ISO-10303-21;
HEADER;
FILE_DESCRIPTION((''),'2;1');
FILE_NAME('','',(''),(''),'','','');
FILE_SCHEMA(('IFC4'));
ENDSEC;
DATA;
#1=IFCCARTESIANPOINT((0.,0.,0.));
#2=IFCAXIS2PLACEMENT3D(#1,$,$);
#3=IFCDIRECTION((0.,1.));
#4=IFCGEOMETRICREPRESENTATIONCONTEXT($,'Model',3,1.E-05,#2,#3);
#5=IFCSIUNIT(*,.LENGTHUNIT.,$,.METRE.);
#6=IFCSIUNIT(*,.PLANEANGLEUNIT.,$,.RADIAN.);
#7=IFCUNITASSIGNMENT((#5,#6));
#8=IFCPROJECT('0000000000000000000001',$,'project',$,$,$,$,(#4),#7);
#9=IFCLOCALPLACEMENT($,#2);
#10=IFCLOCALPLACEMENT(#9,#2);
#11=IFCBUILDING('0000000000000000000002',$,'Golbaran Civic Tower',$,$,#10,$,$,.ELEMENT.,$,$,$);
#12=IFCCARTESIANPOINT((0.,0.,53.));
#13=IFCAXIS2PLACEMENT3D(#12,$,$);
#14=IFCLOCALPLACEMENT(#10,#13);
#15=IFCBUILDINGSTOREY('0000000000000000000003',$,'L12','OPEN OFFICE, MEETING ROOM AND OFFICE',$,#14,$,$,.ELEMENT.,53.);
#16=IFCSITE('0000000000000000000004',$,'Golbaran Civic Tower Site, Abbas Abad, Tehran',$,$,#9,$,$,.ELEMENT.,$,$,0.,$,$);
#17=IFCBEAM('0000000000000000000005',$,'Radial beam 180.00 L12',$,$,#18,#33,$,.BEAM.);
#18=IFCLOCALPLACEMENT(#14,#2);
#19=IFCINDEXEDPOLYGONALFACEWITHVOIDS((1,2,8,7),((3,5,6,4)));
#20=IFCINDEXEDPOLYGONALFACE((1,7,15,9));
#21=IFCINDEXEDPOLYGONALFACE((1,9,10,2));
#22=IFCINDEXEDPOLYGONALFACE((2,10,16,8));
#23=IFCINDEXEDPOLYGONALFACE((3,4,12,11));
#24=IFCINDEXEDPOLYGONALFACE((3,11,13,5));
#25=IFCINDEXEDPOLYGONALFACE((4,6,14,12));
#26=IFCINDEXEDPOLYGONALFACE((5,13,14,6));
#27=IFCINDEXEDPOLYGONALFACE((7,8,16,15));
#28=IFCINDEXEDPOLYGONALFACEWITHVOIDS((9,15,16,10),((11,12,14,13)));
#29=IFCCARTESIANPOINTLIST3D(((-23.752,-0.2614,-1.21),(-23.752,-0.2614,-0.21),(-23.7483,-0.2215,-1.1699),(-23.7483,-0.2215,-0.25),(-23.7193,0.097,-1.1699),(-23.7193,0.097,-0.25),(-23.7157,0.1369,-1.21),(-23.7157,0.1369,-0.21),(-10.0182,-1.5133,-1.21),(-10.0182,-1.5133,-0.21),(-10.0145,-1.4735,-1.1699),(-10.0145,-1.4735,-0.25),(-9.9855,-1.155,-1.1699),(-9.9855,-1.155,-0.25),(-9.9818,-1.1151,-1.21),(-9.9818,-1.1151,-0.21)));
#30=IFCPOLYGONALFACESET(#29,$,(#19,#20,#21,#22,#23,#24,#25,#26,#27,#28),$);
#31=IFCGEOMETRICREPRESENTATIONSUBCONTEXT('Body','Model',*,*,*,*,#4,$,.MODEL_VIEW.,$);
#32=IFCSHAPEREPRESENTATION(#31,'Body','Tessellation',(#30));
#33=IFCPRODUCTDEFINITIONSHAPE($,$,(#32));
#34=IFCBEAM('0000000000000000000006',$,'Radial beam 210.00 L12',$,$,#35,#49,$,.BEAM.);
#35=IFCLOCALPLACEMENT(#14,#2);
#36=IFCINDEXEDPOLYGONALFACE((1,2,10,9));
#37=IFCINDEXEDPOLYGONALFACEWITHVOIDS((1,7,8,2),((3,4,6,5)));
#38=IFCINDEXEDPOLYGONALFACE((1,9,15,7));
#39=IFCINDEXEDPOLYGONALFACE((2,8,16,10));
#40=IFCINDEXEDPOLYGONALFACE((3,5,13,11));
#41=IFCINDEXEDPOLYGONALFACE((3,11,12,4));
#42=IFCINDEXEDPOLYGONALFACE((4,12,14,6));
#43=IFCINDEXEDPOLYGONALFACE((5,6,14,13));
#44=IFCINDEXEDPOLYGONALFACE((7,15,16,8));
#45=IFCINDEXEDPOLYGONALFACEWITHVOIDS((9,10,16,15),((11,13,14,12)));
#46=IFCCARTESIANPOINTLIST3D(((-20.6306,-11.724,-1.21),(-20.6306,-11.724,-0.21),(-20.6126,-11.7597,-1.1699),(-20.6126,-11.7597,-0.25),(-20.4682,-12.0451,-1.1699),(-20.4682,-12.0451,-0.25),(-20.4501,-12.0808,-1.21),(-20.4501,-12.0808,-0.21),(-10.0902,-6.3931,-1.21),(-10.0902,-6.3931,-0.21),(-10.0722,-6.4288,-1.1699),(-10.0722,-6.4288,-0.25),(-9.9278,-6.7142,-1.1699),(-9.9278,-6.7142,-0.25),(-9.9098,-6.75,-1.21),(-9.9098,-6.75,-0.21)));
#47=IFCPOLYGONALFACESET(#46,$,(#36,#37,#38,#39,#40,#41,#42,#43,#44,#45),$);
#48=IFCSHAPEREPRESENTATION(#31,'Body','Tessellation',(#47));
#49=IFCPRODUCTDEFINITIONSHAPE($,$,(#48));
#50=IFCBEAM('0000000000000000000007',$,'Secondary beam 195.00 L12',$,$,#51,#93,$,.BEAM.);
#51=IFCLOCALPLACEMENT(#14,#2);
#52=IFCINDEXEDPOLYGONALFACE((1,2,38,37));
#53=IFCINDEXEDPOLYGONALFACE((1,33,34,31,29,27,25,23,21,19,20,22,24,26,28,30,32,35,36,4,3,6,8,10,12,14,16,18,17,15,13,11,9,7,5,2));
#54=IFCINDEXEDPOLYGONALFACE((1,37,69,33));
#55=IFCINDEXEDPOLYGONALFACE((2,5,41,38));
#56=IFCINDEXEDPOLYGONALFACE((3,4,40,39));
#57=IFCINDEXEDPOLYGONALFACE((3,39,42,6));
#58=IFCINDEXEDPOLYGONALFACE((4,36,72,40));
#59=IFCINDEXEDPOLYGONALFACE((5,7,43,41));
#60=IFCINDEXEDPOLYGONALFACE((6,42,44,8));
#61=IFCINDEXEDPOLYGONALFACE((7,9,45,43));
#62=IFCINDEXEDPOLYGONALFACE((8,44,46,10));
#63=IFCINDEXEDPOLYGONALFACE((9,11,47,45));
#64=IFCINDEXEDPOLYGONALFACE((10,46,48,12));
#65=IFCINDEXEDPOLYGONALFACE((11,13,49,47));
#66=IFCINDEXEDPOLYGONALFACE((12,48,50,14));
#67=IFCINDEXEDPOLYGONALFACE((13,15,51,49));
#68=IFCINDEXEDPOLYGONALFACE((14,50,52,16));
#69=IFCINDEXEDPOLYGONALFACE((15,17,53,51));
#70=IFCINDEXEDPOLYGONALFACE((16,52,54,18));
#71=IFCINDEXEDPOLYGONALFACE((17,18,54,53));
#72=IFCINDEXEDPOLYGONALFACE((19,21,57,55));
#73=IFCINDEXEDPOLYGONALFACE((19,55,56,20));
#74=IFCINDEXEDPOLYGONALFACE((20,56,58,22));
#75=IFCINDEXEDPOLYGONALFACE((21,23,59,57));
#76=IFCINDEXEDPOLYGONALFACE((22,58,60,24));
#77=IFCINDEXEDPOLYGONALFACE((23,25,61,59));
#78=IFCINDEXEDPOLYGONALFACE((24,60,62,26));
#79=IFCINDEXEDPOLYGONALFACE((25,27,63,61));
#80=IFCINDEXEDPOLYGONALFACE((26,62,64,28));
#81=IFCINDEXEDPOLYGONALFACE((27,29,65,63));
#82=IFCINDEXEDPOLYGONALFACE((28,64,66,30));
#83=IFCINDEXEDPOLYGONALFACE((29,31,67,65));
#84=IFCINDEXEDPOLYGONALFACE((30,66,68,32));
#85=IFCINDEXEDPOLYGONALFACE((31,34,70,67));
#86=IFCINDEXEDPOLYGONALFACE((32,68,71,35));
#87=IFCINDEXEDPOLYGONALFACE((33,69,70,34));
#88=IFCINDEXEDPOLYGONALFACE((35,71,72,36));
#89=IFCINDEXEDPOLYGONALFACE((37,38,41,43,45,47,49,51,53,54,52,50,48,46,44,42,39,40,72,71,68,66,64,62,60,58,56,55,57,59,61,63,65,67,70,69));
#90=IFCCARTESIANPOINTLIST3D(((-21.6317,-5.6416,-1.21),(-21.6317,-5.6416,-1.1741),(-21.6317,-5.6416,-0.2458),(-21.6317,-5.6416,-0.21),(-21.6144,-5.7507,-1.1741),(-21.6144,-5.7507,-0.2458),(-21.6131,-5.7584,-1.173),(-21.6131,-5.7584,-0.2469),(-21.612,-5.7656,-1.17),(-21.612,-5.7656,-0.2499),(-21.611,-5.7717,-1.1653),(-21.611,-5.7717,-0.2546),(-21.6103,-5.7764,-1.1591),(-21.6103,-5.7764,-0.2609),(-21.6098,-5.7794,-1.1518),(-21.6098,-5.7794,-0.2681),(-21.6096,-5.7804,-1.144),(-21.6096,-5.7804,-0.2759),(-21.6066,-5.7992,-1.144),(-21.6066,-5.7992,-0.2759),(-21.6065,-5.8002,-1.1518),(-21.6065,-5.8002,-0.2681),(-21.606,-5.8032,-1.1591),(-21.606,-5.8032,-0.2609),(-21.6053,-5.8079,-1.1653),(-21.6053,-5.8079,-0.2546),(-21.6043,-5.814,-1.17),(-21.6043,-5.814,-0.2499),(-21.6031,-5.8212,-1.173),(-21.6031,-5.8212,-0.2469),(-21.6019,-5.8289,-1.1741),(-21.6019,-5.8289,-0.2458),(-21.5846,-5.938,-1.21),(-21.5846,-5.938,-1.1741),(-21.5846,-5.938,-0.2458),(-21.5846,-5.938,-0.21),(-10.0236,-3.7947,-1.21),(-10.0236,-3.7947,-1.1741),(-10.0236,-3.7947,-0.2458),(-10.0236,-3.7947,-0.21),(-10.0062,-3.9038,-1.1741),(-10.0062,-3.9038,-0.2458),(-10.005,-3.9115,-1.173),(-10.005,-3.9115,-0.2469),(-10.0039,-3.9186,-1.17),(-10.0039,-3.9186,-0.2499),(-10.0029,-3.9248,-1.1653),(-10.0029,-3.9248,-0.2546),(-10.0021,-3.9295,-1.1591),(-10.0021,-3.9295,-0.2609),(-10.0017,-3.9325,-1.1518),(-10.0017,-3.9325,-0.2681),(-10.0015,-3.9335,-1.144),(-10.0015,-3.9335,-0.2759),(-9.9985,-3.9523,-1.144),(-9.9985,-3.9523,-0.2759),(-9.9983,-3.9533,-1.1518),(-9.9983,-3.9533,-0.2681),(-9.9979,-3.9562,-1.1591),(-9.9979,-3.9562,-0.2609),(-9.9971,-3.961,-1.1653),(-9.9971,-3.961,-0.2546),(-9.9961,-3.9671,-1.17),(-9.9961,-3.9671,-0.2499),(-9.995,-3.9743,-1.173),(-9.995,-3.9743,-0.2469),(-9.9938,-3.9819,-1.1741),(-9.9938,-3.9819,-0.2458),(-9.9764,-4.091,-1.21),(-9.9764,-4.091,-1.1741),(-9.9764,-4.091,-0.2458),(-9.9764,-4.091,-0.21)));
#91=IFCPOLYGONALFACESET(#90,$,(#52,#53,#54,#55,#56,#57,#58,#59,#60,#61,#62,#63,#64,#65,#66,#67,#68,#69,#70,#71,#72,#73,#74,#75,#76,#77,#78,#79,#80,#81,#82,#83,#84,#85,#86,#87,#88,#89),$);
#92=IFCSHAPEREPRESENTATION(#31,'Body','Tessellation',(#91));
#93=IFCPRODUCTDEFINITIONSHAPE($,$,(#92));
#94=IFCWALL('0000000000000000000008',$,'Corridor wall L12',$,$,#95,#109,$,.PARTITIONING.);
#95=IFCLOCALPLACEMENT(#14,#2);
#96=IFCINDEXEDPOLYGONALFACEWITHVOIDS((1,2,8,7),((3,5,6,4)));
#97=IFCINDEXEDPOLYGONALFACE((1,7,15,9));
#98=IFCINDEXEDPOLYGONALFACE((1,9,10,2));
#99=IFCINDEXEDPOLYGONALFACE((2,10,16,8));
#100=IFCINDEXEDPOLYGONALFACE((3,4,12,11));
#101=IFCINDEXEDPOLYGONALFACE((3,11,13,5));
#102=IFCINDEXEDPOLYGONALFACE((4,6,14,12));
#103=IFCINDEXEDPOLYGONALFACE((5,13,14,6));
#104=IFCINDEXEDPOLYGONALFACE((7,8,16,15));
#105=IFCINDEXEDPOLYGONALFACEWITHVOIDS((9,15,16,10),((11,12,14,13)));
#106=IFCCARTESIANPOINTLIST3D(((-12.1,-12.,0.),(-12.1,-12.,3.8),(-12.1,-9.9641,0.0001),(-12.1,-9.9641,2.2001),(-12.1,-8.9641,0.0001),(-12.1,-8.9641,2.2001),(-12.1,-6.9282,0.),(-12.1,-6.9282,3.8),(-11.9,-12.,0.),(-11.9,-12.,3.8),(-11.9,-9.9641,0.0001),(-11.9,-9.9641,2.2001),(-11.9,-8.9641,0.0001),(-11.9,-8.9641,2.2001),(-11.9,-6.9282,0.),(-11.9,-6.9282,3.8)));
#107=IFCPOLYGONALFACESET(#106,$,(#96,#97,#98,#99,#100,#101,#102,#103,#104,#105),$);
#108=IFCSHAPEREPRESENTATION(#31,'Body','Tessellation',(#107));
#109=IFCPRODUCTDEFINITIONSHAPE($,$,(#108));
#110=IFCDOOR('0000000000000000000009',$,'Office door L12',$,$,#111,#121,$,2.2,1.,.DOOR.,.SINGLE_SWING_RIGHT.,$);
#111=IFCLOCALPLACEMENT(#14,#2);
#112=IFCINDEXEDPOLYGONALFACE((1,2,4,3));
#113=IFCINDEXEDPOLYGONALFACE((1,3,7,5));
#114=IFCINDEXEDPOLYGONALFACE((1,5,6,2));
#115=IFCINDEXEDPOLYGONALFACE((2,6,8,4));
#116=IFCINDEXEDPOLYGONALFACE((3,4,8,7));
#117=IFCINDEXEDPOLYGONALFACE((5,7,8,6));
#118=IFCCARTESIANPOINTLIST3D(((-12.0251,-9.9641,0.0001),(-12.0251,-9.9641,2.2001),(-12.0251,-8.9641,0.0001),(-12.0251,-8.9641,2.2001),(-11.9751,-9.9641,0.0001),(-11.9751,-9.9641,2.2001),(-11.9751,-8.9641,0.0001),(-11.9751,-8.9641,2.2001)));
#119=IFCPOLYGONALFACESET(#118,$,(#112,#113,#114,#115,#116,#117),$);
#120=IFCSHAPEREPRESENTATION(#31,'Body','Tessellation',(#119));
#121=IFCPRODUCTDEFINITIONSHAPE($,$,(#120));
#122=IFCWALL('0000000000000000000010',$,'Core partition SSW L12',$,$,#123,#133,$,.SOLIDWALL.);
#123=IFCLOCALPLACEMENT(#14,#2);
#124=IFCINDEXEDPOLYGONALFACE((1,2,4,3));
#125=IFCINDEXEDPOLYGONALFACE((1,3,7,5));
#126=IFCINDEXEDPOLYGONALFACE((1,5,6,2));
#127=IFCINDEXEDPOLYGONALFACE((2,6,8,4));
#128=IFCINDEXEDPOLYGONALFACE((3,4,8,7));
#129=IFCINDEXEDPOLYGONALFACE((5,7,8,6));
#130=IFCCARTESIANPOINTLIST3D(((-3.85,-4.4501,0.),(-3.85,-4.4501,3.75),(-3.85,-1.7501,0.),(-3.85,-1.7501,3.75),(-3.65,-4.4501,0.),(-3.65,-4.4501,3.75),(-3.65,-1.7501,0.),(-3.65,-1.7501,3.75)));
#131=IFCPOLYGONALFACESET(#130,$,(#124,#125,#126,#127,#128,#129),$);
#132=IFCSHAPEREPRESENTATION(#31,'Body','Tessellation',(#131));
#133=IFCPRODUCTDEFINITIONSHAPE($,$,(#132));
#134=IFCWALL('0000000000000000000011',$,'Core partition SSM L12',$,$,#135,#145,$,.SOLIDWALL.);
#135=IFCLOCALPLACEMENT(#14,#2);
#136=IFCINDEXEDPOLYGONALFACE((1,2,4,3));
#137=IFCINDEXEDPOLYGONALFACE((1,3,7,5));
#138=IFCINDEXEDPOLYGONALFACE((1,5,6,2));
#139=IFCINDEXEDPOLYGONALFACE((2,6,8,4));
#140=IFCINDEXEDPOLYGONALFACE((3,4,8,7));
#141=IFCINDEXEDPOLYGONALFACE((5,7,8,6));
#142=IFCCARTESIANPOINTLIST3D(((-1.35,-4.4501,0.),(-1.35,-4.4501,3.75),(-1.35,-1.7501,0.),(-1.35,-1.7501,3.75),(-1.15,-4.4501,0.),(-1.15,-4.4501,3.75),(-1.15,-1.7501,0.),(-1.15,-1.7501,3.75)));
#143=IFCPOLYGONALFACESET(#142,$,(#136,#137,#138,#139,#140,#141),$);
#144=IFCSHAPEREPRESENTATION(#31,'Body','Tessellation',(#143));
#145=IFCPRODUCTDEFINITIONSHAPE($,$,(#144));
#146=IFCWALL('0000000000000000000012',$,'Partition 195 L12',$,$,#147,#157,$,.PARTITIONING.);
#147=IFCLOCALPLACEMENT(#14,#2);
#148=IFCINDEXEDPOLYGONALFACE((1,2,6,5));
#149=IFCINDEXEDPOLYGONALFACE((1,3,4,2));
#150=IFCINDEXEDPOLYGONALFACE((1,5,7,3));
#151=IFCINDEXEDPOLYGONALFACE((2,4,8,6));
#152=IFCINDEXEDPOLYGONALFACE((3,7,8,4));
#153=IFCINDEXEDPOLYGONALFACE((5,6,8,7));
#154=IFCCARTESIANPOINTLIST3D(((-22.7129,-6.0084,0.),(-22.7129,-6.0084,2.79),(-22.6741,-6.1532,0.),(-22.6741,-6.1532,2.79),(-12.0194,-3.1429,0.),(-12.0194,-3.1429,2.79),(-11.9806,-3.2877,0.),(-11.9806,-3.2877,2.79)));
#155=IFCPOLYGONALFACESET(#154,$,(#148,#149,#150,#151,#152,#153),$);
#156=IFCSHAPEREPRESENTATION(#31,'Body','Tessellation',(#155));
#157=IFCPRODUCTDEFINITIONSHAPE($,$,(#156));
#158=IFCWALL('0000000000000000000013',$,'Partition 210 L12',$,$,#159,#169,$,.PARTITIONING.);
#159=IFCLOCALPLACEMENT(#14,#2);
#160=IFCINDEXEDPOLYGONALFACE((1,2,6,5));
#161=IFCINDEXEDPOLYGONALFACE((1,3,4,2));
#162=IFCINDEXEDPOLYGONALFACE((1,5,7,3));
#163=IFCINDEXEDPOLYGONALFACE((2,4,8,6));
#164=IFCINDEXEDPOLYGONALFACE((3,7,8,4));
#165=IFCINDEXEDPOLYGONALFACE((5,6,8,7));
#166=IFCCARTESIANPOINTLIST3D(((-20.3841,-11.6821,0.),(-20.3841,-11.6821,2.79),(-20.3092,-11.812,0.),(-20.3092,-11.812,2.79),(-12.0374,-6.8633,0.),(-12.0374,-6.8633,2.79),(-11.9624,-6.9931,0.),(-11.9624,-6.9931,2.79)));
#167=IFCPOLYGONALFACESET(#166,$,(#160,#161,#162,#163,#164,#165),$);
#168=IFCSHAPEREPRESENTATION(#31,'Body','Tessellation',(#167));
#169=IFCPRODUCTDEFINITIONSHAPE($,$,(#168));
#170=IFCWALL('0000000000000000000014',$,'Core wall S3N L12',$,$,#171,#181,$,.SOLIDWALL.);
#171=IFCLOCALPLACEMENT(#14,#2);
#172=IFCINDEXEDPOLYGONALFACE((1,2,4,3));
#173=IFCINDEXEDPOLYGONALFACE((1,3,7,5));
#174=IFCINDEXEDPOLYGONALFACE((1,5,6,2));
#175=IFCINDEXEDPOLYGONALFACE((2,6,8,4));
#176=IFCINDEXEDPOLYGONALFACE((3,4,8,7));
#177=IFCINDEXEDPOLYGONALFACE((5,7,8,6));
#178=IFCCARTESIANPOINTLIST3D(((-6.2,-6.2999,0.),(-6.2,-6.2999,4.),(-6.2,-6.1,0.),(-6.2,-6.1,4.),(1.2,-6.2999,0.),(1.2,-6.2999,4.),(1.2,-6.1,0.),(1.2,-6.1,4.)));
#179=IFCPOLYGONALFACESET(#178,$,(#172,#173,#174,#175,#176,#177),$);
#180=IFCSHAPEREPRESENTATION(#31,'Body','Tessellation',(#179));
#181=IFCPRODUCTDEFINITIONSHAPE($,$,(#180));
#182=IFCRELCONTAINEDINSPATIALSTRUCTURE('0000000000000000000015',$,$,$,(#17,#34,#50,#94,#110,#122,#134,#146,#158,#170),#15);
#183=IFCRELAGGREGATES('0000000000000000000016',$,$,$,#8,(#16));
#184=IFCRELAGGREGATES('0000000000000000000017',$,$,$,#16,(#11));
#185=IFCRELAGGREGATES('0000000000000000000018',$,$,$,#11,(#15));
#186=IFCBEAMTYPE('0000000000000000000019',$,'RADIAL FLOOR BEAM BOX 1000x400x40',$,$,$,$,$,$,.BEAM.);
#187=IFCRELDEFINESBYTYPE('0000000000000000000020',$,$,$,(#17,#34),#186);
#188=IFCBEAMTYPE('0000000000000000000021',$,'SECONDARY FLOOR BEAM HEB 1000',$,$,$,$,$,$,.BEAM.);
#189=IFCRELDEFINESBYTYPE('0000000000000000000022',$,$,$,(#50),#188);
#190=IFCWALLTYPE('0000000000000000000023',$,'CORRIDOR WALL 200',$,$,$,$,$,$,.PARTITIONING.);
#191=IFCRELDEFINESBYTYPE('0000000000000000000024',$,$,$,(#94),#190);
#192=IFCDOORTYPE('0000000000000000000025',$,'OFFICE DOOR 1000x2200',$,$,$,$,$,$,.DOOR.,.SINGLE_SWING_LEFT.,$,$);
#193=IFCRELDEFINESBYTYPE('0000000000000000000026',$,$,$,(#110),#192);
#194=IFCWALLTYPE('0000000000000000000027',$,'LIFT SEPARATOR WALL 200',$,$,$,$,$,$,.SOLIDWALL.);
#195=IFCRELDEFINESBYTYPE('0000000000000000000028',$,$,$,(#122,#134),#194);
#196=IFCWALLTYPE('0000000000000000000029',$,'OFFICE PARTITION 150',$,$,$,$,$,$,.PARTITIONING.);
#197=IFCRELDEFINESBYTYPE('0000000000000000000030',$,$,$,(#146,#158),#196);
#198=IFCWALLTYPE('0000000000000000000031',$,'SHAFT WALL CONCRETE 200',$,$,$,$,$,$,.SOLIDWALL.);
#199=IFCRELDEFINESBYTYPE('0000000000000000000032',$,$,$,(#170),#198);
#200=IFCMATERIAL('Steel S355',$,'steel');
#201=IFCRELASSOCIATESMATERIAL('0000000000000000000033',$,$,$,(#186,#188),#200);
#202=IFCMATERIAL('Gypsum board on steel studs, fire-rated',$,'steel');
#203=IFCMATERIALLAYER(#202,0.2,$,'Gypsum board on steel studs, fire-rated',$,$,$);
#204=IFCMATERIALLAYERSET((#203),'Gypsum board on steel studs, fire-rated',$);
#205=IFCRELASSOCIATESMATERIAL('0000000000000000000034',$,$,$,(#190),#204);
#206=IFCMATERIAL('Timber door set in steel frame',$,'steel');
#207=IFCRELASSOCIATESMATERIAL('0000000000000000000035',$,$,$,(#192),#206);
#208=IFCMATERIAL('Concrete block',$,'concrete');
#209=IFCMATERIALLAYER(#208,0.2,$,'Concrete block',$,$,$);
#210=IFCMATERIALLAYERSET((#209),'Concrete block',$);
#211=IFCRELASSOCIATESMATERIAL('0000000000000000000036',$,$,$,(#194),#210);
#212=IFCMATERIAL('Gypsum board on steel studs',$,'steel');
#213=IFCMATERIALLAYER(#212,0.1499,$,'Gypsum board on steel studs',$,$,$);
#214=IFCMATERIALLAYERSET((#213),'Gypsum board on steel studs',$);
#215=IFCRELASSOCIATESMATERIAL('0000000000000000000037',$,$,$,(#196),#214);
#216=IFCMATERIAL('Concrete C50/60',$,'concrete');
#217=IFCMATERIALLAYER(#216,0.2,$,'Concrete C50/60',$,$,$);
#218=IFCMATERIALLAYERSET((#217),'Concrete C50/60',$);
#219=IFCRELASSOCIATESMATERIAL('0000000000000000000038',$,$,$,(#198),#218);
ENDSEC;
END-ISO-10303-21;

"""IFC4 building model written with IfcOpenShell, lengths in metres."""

from ifc_helpers import new_model, si_unit, direction, frame, frame_2d, origin, origin_2d, place, context, subcontext, project, spatial, rectangle, hollow_rectangle, i_section, extrude, material, layer, layer_set, material_profile, profile_set, type_object, element, fill, save


model = new_model("IFC4")

# Units and contexts
model_context = context("Model", 3, precision=1e-05, world=origin(), true_north=direction((0.0, 1.0)))
body_context = subcontext(model_context, "Body", "Model", "MODEL_VIEW")
ifc_project = project(units=[si_unit("LENGTHUNIT", "METRE"), si_unit("PLANEANGLEUNIT", "RADIAN")], contexts=[model_context])

# Site, building, storey
site_placement = place(None, origin())
site = spatial("IfcSite", under=ifc_project, at=site_placement, Name="Golbaran Civic Tower Site, Abbas Abad, Tehran", CompositionType="ELEMENT", RefElevation=0.0)
building_placement = place(site_placement, origin())
building = spatial("IfcBuilding", under=site, at=building_placement, Name="Golbaran Civic Tower", CompositionType="ELEMENT")
storey_placement = place(building_placement, frame((0.0, 0.0, 53.0)))
storey = spatial("IfcBuildingStorey", under=building, at=storey_placement, Name="L12", Description="OPEN OFFICE, MEETING ROOM AND OFFICE", CompositionType="ELEMENT", Elevation=53.0)

# Beams
ifc_material_1 = material(Name="Steel S355", Category="steel")
ifc_material_profile_1 = material_profile(ifc_material_1, hollow_rectangle(XDim=0.3999, YDim=1.0, WallThickness=0.04, at=origin_2d()), Name="BOX 1000x400x40")
ifc_profile_set_1 = profile_set([ifc_material_profile_1], Name="Steel S355")
beam_type_1 = type_object("IfcBeamType", Name="RADIAL FLOOR BEAM BOX 1000x400x40", PredefinedType="BEAM", material=ifc_profile_set_1)
beam_1_placement = place(storey_placement, frame((-10.0, -1.3142, -0.71), z_axis=(-0.995871, 0.090782, 0.0), x_axis=(-0.090782, -0.995871, 0.0)))
element("IfcBeam", 1, at=beam_1_placement, inside=storey, type_object=beam_type_1, Name="Radial beam 180.00 L12", PredefinedType="BEAM", context=body_context, shape_type="SweptSolid", body=[
    extrude(hollow_rectangle(XDim=0.3999, YDim=1.0, WallThickness=0.04, at=origin_2d()), origin(), (0.0, 0.0, 1.0), 13.7908),
])
beam_2_placement = place(storey_placement, frame((-10.0, -6.5715, -0.71), z_axis=(-0.892363, -0.451318, 0.0), x_axis=(0.451318, -0.892363, 0.0)))
element("IfcBeam", 2, at=beam_2_placement, inside=storey, type_object=beam_type_1, Name="Radial beam 210.00 L12", PredefinedType="BEAM", context=body_context, shape_type="SweptSolid", body=[
    extrude(hollow_rectangle(XDim=0.3999, YDim=1.0, WallThickness=0.04, at=origin_2d()), origin(), (0.0, 0.0, 1.0), 11.8118),
])
ifc_material_profile_2 = material_profile(ifc_material_1, i_section(OverallWidth=0.3, OverallDepth=1.0, WebThickness=0.019, FlangeThickness=0.0359, FilletRadius=0.03, at=origin_2d()), Name="HEB 1000")
ifc_profile_set_2 = profile_set([ifc_material_profile_2], Name="Steel S355")
beam_type_2 = type_object("IfcBeamType", Name="SECONDARY FLOOR BEAM HEB 1000", PredefinedType="BEAM", material=ifc_profile_set_2)
beam_3_placement = place(storey_placement, frame((-10.0, -3.9429, -0.71), z_axis=(-0.987578, -0.157129, 0.0), x_axis=(0.157129, -0.987578, 0.0)))
element("IfcBeam", 3, at=beam_3_placement, inside=storey, type_object=beam_type_2, Name="Secondary beam 195.00 L12", PredefinedType="BEAM", context=body_context, shape_type="SweptSolid", body=[
    extrude(i_section(OverallWidth=0.3, OverallDepth=1.0, WebThickness=0.019, FlangeThickness=0.0359, FilletRadius=0.03, at=origin_2d()), origin(), (0.0, 0.0, 1.0), 11.7542),
])

# Wall, opening, door
ifc_material_2 = material(Name="Gypsum board on steel studs, fire-rated", Category="steel")
ifc_layer_1 = layer(ifc_material_2, 0.2, Name="Gypsum board on steel studs, fire-rated")
ifc_layer_set_1 = layer_set([ifc_layer_1], Name="Gypsum board on steel studs, fire-rated")
wall_type_1 = type_object("IfcWallType", Name="CORRIDOR WALL 200", PredefinedType="PARTITIONING", material=ifc_layer_set_1)
wall_1_placement = place(storey_placement, frame((-12.0, -6.9282, 0.0), z_axis=(0.0, 0.0, 1.0), x_axis=(0.0, -1.0, 0.0)))
wall_1 = element("IfcWall", 4, at=wall_1_placement, inside=storey, type_object=wall_type_1, Name="Corridor wall L12", PredefinedType="PARTITIONING", context=body_context, shape_type="SweptSolid", body=[
    extrude(rectangle(XDim=5.0718, YDim=0.2, at=frame_2d((2.5359, 0.0))), origin(), (0.0, 0.0, 1.0), 3.8),
])
opening_1_placement = place(wall_1_placement, frame((2.0359, 0.0, 0.0)))
opening_1 = element("IfcOpeningElement", 5, at=opening_1_placement, cuts=wall_1, PredefinedType="OPENING", context=body_context, shape_type="SweptSolid", body=[
    extrude(rectangle(XDim=1.0, YDim=2.2, at=frame_2d((0.5, 1.1001))), frame((0.0, 0.1099, 0.0), z_axis=(0.0, -1.0, 0.0), x_axis=(1.0, 0.0, 0.0)), (0.0, 0.0, 1.0), 0.22),
])
ifc_material_3 = material(Name="Timber door set in steel frame", Category="steel")
door_type_1 = type_object("IfcDoorType", Name="OFFICE DOOR 1000x2200", OperationType="SINGLE_SWING_LEFT", PredefinedType="DOOR", material=ifc_material_3)
door_1_placement = place(opening_1_placement, origin())
door_1 = element("IfcDoor", 6, at=door_1_placement, inside=storey, type_object=door_type_1, Name="Office door L12", OperationType="SINGLE_SWING_RIGHT", OverallHeight=2.2, OverallWidth=1.0, PredefinedType="DOOR", context=body_context, shape_type="SweptSolid", body=[
    extrude(rectangle(XDim=1.0, YDim=2.2, at=frame_2d((0.5, 1.1001))), frame((0.0, 0.0249, 0.0), z_axis=(0.0, -1.0, 0.0), x_axis=(1.0, 0.0, 0.0)), (0.0, 0.0, 1.0), 0.05),
])
fill(opening_1, door_1)

# Walls
ifc_material_4 = material(Name="Concrete block", Category="concrete")
ifc_layer_2 = layer(ifc_material_4, 0.2, Name="Concrete block")
ifc_layer_set_2 = layer_set([ifc_layer_2], Name="Concrete block")
wall_type_2 = type_object("IfcWallType", Name="LIFT SEPARATOR WALL 200", PredefinedType="SOLIDWALL", material=ifc_layer_set_2)
for number, where, z_axis, x_axis, name in (
    (7, (-3.75, -1.75, 0.0), (0.0, 0.0, 1.0), (0.0, -1.0, 0.0), "Core partition SSW L12"),
    (8, (-1.25, -1.75, 0.0), (0.0, 0.0, 1.0), (0.0, -1.0, 0.0), "Core partition SSM L12"),
):
    element("IfcWall", number, at=place(storey_placement, frame(where, z_axis=z_axis, x_axis=x_axis)), inside=storey, type_object=wall_type_2, Name=name, PredefinedType="SOLIDWALL", context=body_context, shape_type="SweptSolid", body=[
        extrude(rectangle(XDim=2.7, YDim=0.2, at=frame_2d((1.3501, 0.0))), origin(), (0.0, 0.0, 1.0), 3.75),
    ])
ifc_material_5 = material(Name="Gypsum board on steel studs", Category="steel")
ifc_layer_3 = layer(ifc_material_5, 0.1499, Name="Gypsum board on steel studs")
ifc_layer_set_3 = layer_set([ifc_layer_3], Name="Gypsum board on steel studs")
wall_type_3 = type_object("IfcWallType", Name="OFFICE PARTITION 150", PredefinedType="PARTITIONING", material=ifc_layer_set_3)
wall_2_placement = place(storey_placement, frame((-12.0, -3.2153, 0.0), z_axis=(0.0, 0.0, 1.0), x_axis=(-0.965923, -0.258831, 0.0)))
element("IfcWall", 9, at=wall_2_placement, inside=storey, type_object=wall_type_3, Name="Partition 195 L12", PredefinedType="PARTITIONING", context=body_context, shape_type="SweptSolid", body=[
    extrude(rectangle(XDim=11.0708, YDim=0.1499, at=frame_2d((5.5354, 0.0))), origin(), (0.0, 0.0, 1.0), 2.79),
])
wall_3_placement = place(storey_placement, frame((-12.0, -6.9282, 0.0), z_axis=(0.0, 0.0, 1.0), x_axis=(-0.86603, -0.499991, 0.0)))
element("IfcWall", 10, at=wall_3_placement, inside=storey, type_object=wall_type_3, Name="Partition 210 L12", PredefinedType="PARTITIONING", context=body_context, shape_type="SweptSolid", body=[
    extrude(rectangle(XDim=9.6379, YDim=0.1499, at=frame_2d((4.8188, 0.0))), origin(), (0.0, 0.0, 1.0), 2.79),
])
ifc_material_6 = material(Name="Concrete C50/60", Category="concrete")
ifc_layer_4 = layer(ifc_material_6, 0.2, Name="Concrete C50/60")
ifc_layer_set_4 = layer_set([ifc_layer_4], Name="Concrete C50/60")
wall_type_4 = type_object("IfcWallType", Name="SHAFT WALL CONCRETE 200", PredefinedType="SOLIDWALL", material=ifc_layer_set_4)
wall_4_placement = place(storey_placement, frame((-6.2, -6.2, 0.0), z_axis=(0.0, 0.0, 1.0), x_axis=(1.0, 0.0, 0.0)))
element("IfcWall", 11, at=wall_4_placement, inside=storey, type_object=wall_type_4, Name="Core wall S3N L12", PredefinedType="SOLIDWALL", context=body_context, shape_type="SweptSolid", body=[
    extrude(rectangle(XDim=7.3999, YDim=0.2, at=frame_2d((3.7, 0.0))), origin(), (0.0, 0.0, 1.0), 4.0),
])

save(model, "model.ifc")
